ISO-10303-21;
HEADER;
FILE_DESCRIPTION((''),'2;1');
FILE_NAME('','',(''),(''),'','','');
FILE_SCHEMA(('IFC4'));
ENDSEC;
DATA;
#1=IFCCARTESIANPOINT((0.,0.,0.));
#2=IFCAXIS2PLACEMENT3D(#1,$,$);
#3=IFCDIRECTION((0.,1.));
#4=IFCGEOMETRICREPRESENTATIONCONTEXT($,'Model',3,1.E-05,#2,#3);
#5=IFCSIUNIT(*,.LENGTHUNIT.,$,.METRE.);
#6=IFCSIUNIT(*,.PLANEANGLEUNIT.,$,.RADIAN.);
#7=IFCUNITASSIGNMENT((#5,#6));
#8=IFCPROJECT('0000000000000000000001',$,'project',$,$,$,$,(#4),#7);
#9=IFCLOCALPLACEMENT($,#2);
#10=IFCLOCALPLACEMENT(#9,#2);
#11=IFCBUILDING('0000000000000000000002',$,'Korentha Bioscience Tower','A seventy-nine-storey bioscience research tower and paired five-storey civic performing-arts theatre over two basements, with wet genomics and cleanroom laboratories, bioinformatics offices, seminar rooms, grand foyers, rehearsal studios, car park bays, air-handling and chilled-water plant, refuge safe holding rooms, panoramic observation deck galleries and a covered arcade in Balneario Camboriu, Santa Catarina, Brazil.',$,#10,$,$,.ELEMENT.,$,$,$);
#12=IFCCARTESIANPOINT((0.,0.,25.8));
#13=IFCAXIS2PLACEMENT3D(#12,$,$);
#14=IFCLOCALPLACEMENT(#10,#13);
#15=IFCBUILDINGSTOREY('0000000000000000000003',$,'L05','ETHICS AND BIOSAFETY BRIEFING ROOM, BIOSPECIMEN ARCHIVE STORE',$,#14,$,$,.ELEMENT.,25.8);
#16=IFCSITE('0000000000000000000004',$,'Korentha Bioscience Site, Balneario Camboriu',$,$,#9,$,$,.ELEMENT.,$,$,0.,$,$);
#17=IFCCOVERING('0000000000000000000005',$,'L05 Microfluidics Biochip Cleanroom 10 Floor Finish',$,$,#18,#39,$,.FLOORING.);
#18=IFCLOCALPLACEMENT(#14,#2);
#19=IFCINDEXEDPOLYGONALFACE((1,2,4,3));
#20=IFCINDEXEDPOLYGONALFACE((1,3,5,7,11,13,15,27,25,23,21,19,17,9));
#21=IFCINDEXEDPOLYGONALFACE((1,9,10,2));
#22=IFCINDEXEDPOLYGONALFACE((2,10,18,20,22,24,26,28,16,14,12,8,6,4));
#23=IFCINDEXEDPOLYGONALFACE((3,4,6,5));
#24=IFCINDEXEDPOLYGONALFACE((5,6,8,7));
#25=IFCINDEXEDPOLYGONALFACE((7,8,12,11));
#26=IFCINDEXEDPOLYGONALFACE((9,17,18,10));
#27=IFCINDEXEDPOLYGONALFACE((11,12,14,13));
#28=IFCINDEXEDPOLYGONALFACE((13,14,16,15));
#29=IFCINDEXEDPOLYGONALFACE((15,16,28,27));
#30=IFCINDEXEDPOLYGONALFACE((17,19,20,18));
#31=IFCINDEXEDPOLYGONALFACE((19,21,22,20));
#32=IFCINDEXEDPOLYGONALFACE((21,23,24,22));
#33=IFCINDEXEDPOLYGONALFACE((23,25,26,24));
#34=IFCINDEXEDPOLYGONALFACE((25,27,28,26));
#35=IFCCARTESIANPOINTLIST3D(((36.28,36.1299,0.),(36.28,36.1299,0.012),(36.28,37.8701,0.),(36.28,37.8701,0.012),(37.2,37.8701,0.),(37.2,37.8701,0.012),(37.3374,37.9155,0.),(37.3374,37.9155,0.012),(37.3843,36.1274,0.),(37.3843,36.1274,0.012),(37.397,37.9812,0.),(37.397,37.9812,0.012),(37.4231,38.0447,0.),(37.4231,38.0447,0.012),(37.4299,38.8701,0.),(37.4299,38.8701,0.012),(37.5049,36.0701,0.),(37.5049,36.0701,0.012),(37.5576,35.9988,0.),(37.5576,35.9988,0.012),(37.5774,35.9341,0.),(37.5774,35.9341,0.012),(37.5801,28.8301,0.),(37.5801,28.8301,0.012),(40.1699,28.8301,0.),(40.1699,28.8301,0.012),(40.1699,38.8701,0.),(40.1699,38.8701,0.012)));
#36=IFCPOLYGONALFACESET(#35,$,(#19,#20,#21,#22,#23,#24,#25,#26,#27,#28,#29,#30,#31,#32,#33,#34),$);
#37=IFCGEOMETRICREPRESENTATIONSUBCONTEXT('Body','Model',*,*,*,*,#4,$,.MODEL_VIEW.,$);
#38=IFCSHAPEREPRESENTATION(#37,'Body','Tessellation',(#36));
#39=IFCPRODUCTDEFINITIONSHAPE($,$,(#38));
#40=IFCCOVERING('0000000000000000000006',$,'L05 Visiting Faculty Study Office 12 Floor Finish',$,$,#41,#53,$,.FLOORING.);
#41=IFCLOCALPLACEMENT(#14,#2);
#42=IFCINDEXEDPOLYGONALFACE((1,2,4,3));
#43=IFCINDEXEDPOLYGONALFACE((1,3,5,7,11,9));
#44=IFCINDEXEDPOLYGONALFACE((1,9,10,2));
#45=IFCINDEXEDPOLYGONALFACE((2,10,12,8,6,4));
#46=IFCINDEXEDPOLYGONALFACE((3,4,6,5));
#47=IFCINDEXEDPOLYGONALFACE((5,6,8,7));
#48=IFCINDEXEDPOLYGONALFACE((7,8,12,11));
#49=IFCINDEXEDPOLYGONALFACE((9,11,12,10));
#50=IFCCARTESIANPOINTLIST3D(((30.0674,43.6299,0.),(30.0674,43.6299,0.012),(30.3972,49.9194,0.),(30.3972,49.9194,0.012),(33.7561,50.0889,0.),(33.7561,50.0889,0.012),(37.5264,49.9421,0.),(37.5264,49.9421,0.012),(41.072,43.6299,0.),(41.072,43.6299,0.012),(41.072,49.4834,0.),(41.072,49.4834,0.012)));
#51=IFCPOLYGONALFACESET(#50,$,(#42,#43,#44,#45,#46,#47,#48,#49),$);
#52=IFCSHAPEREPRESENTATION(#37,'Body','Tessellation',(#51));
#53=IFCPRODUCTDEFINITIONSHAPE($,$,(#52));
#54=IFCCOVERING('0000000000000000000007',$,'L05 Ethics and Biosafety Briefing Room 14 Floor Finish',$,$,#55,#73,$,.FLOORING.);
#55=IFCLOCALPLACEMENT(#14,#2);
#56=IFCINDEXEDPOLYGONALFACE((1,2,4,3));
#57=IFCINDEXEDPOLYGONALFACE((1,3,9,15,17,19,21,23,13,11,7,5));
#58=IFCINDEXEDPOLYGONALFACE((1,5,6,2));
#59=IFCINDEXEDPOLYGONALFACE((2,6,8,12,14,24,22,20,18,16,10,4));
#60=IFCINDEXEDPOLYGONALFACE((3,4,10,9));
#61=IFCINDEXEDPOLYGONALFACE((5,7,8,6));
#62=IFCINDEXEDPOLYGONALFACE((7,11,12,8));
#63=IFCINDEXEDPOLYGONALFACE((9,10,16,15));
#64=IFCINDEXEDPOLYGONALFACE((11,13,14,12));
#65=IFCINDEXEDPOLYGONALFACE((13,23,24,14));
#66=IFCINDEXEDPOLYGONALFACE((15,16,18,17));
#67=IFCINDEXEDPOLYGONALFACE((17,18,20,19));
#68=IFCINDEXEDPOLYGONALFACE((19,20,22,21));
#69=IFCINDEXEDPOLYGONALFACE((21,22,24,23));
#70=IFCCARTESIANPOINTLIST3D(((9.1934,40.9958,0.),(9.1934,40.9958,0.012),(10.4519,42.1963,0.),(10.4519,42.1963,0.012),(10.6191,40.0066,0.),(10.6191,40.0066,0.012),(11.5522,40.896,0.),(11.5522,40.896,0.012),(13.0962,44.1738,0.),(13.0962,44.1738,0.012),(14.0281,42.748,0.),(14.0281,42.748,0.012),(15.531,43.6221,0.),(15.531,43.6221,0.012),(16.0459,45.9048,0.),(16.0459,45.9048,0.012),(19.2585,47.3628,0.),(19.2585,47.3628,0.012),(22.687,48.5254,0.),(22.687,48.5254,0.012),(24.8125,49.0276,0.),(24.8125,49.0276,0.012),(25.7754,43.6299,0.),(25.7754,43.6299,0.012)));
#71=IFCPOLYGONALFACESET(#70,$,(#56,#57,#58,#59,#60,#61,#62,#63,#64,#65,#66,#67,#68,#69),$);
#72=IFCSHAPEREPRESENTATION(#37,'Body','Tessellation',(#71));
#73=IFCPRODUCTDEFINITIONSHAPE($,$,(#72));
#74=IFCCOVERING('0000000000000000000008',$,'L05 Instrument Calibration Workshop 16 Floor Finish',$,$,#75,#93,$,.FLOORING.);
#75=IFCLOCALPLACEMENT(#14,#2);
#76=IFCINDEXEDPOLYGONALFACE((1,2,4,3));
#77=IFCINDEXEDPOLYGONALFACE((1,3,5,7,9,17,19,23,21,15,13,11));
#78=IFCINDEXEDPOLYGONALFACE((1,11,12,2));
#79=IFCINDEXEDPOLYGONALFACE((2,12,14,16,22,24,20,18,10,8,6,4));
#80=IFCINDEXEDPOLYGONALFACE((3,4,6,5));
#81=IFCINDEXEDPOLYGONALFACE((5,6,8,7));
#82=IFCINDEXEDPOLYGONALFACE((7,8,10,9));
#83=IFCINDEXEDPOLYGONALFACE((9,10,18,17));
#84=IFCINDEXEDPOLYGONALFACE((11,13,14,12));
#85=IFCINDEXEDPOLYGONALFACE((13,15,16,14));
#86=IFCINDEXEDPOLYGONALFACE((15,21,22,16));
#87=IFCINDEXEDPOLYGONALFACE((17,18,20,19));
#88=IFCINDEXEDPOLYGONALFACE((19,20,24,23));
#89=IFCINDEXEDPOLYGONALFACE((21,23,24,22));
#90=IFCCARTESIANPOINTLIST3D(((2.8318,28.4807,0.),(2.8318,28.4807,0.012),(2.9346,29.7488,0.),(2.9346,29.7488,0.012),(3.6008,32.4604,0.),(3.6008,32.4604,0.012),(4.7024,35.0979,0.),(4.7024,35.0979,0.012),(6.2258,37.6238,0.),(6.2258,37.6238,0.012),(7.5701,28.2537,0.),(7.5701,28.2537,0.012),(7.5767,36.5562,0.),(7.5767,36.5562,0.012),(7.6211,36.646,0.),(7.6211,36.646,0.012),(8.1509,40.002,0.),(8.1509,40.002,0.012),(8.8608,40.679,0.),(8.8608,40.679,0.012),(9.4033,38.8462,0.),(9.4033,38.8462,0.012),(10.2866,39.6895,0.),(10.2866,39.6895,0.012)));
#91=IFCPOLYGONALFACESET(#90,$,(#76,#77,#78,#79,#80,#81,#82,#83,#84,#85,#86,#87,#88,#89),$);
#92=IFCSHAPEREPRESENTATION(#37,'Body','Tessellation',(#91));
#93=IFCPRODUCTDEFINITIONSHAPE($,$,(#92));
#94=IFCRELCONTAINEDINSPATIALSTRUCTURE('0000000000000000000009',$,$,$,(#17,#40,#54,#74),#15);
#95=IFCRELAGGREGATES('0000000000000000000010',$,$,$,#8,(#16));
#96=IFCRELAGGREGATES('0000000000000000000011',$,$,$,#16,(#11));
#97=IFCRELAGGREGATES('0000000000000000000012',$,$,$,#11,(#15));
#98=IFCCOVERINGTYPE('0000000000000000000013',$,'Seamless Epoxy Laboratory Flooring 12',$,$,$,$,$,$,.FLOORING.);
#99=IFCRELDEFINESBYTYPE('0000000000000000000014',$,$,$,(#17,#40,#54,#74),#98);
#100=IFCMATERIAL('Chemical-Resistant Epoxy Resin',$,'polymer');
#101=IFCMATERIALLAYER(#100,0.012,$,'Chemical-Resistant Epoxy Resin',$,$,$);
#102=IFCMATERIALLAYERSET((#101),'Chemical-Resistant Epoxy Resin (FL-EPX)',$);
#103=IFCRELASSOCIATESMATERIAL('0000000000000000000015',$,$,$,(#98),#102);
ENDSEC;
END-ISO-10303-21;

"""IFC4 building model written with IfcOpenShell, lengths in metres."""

from ifc_helpers import new_model, si_unit, direction, frame, origin, place, context, subcontext, project, spatial, polyline, outline, extrude, material, layer, layer_set, type_object, element, save


model = new_model("IFC4")

# Units and contexts
model_context = context("Model", 3, precision=1e-05, world=origin(), true_north=direction((0.0, 1.0)))
body_context = subcontext(model_context, "Body", "Model", "MODEL_VIEW")
ifc_project = project(units=[si_unit("LENGTHUNIT", "METRE"), si_unit("PLANEANGLEUNIT", "RADIAN")], contexts=[model_context])

# Site, building, storey
site_placement = place(None, origin())
site = spatial("IfcSite", under=ifc_project, at=site_placement, Name="Korentha Bioscience Site, Balneario Camboriu", CompositionType="ELEMENT", RefElevation=0.0)
building_placement = place(site_placement, origin())
building = spatial("IfcBuilding", under=site, at=building_placement, Name="Korentha Bioscience Tower", Description="A seventy-nine-storey bioscience research tower and paired five-storey civic performing-arts theatre over two basements, with wet genomics and cleanroom laboratories, bioinformatics offices, seminar rooms, grand foyers, rehearsal studios, car park bays, air-handling and chilled-water plant, refuge safe holding rooms, panoramic observation deck galleries and a covered arcade in Balneario Camboriu, Santa Catarina, Brazil.", CompositionType="ELEMENT")
storey_placement = place(building_placement, frame((0.0, 0.0, 25.8)))
storey = spatial("IfcBuildingStorey", under=building, at=storey_placement, Name="L05", Description="ETHICS AND BIOSAFETY BRIEFING ROOM, BIOSPECIMEN ARCHIVE STORE", CompositionType="ELEMENT", Elevation=25.8)

# Coverings
ifc_material_1 = material(Name="Chemical-Resistant Epoxy Resin", Category="polymer")
ifc_layer_1 = layer(ifc_material_1, 0.012, Name="Chemical-Resistant Epoxy Resin")
ifc_layer_set_1 = layer_set([ifc_layer_1], Name="Chemical-Resistant Epoxy Resin (FL-EPX)")
covering_type_1 = type_object("IfcCoveringType", Name="Seamless Epoxy Laboratory Flooring 12", PredefinedType="FLOORING", material=ifc_layer_set_1)
covering_1_placement = place(storey_placement, origin())
element("IfcCovering", 1, at=covering_1_placement, inside=storey, type_object=covering_type_1, Name="L05 Microfluidics Biochip Cleanroom 10 Floor Finish", PredefinedType="FLOORING", context=body_context, shape_type="SweptSolid", body=[
    extrude(outline(polyline([(37.2, 37.8701), (37.3374, 37.9155), (37.397, 37.9812), (37.4231, 38.0447), (37.4299, 38.8701), (40.1699, 38.8701), (40.1699, 28.8301), (37.5801, 28.8301), (37.5774, 35.9341), (37.5576, 35.9988), (37.5049, 36.0701), (37.3843, 36.1274), (36.28, 36.1299), (36.28, 37.8701), (37.2, 37.8701)])), origin(), (0.0, 0.0, 1.0), 0.012),
])
covering_2_placement = place(storey_placement, origin())
element("IfcCovering", 2, at=covering_2_placement, inside=storey, type_object=covering_type_1, Name="L05 Visiting Faculty Study Office 12 Floor Finish", PredefinedType="FLOORING", context=body_context, shape_type="SweptSolid", body=[
    extrude(outline(polyline([(33.7561, 50.0889), (37.5264, 49.9421), (41.072, 49.4834), (41.072, 43.6299), (30.0674, 43.6299), (30.3972, 49.9194), (33.7561, 50.0889)])), origin(), (0.0, 0.0, 1.0), 0.012),
])
covering_3_placement = place(storey_placement, origin())
element("IfcCovering", 3, at=covering_3_placement, inside=storey, type_object=covering_type_1, Name="L05 Ethics and Biosafety Briefing Room 14 Floor Finish", PredefinedType="FLOORING", context=body_context, shape_type="SweptSolid", body=[
    extrude(outline(polyline([(10.4519, 42.1963), (13.0962, 44.1738), (16.0459, 45.9048), (19.2585, 47.3628), (22.687, 48.5254), (24.8125, 49.0276), (25.7754, 43.6299), (15.531, 43.6221), (14.0281, 42.748), (11.5522, 40.896), (10.6191, 40.0066), (9.1934, 40.9958), (10.4519, 42.1963)])), origin(), (0.0, 0.0, 1.0), 0.012),
])
covering_4_placement = place(storey_placement, origin())
element("IfcCovering", 4, at=covering_4_placement, inside=storey, type_object=covering_type_1, Name="L05 Instrument Calibration Workshop 16 Floor Finish", PredefinedType="FLOORING", context=body_context, shape_type="SweptSolid", body=[
    extrude(outline(polyline([(3.6008, 32.4604), (4.7024, 35.0979), (6.2258, 37.6238), (8.1509, 40.002), (8.8608, 40.679), (10.2866, 39.6895), (9.4033, 38.8462), (7.6211, 36.646), (7.5767, 36.5562), (7.5701, 28.2537), (2.8318, 28.4807), (2.9346, 29.7488), (3.6008, 32.4604)])), origin(), (0.0, 0.0, 1.0), 0.012),
])

save(model, "model.ifc")
